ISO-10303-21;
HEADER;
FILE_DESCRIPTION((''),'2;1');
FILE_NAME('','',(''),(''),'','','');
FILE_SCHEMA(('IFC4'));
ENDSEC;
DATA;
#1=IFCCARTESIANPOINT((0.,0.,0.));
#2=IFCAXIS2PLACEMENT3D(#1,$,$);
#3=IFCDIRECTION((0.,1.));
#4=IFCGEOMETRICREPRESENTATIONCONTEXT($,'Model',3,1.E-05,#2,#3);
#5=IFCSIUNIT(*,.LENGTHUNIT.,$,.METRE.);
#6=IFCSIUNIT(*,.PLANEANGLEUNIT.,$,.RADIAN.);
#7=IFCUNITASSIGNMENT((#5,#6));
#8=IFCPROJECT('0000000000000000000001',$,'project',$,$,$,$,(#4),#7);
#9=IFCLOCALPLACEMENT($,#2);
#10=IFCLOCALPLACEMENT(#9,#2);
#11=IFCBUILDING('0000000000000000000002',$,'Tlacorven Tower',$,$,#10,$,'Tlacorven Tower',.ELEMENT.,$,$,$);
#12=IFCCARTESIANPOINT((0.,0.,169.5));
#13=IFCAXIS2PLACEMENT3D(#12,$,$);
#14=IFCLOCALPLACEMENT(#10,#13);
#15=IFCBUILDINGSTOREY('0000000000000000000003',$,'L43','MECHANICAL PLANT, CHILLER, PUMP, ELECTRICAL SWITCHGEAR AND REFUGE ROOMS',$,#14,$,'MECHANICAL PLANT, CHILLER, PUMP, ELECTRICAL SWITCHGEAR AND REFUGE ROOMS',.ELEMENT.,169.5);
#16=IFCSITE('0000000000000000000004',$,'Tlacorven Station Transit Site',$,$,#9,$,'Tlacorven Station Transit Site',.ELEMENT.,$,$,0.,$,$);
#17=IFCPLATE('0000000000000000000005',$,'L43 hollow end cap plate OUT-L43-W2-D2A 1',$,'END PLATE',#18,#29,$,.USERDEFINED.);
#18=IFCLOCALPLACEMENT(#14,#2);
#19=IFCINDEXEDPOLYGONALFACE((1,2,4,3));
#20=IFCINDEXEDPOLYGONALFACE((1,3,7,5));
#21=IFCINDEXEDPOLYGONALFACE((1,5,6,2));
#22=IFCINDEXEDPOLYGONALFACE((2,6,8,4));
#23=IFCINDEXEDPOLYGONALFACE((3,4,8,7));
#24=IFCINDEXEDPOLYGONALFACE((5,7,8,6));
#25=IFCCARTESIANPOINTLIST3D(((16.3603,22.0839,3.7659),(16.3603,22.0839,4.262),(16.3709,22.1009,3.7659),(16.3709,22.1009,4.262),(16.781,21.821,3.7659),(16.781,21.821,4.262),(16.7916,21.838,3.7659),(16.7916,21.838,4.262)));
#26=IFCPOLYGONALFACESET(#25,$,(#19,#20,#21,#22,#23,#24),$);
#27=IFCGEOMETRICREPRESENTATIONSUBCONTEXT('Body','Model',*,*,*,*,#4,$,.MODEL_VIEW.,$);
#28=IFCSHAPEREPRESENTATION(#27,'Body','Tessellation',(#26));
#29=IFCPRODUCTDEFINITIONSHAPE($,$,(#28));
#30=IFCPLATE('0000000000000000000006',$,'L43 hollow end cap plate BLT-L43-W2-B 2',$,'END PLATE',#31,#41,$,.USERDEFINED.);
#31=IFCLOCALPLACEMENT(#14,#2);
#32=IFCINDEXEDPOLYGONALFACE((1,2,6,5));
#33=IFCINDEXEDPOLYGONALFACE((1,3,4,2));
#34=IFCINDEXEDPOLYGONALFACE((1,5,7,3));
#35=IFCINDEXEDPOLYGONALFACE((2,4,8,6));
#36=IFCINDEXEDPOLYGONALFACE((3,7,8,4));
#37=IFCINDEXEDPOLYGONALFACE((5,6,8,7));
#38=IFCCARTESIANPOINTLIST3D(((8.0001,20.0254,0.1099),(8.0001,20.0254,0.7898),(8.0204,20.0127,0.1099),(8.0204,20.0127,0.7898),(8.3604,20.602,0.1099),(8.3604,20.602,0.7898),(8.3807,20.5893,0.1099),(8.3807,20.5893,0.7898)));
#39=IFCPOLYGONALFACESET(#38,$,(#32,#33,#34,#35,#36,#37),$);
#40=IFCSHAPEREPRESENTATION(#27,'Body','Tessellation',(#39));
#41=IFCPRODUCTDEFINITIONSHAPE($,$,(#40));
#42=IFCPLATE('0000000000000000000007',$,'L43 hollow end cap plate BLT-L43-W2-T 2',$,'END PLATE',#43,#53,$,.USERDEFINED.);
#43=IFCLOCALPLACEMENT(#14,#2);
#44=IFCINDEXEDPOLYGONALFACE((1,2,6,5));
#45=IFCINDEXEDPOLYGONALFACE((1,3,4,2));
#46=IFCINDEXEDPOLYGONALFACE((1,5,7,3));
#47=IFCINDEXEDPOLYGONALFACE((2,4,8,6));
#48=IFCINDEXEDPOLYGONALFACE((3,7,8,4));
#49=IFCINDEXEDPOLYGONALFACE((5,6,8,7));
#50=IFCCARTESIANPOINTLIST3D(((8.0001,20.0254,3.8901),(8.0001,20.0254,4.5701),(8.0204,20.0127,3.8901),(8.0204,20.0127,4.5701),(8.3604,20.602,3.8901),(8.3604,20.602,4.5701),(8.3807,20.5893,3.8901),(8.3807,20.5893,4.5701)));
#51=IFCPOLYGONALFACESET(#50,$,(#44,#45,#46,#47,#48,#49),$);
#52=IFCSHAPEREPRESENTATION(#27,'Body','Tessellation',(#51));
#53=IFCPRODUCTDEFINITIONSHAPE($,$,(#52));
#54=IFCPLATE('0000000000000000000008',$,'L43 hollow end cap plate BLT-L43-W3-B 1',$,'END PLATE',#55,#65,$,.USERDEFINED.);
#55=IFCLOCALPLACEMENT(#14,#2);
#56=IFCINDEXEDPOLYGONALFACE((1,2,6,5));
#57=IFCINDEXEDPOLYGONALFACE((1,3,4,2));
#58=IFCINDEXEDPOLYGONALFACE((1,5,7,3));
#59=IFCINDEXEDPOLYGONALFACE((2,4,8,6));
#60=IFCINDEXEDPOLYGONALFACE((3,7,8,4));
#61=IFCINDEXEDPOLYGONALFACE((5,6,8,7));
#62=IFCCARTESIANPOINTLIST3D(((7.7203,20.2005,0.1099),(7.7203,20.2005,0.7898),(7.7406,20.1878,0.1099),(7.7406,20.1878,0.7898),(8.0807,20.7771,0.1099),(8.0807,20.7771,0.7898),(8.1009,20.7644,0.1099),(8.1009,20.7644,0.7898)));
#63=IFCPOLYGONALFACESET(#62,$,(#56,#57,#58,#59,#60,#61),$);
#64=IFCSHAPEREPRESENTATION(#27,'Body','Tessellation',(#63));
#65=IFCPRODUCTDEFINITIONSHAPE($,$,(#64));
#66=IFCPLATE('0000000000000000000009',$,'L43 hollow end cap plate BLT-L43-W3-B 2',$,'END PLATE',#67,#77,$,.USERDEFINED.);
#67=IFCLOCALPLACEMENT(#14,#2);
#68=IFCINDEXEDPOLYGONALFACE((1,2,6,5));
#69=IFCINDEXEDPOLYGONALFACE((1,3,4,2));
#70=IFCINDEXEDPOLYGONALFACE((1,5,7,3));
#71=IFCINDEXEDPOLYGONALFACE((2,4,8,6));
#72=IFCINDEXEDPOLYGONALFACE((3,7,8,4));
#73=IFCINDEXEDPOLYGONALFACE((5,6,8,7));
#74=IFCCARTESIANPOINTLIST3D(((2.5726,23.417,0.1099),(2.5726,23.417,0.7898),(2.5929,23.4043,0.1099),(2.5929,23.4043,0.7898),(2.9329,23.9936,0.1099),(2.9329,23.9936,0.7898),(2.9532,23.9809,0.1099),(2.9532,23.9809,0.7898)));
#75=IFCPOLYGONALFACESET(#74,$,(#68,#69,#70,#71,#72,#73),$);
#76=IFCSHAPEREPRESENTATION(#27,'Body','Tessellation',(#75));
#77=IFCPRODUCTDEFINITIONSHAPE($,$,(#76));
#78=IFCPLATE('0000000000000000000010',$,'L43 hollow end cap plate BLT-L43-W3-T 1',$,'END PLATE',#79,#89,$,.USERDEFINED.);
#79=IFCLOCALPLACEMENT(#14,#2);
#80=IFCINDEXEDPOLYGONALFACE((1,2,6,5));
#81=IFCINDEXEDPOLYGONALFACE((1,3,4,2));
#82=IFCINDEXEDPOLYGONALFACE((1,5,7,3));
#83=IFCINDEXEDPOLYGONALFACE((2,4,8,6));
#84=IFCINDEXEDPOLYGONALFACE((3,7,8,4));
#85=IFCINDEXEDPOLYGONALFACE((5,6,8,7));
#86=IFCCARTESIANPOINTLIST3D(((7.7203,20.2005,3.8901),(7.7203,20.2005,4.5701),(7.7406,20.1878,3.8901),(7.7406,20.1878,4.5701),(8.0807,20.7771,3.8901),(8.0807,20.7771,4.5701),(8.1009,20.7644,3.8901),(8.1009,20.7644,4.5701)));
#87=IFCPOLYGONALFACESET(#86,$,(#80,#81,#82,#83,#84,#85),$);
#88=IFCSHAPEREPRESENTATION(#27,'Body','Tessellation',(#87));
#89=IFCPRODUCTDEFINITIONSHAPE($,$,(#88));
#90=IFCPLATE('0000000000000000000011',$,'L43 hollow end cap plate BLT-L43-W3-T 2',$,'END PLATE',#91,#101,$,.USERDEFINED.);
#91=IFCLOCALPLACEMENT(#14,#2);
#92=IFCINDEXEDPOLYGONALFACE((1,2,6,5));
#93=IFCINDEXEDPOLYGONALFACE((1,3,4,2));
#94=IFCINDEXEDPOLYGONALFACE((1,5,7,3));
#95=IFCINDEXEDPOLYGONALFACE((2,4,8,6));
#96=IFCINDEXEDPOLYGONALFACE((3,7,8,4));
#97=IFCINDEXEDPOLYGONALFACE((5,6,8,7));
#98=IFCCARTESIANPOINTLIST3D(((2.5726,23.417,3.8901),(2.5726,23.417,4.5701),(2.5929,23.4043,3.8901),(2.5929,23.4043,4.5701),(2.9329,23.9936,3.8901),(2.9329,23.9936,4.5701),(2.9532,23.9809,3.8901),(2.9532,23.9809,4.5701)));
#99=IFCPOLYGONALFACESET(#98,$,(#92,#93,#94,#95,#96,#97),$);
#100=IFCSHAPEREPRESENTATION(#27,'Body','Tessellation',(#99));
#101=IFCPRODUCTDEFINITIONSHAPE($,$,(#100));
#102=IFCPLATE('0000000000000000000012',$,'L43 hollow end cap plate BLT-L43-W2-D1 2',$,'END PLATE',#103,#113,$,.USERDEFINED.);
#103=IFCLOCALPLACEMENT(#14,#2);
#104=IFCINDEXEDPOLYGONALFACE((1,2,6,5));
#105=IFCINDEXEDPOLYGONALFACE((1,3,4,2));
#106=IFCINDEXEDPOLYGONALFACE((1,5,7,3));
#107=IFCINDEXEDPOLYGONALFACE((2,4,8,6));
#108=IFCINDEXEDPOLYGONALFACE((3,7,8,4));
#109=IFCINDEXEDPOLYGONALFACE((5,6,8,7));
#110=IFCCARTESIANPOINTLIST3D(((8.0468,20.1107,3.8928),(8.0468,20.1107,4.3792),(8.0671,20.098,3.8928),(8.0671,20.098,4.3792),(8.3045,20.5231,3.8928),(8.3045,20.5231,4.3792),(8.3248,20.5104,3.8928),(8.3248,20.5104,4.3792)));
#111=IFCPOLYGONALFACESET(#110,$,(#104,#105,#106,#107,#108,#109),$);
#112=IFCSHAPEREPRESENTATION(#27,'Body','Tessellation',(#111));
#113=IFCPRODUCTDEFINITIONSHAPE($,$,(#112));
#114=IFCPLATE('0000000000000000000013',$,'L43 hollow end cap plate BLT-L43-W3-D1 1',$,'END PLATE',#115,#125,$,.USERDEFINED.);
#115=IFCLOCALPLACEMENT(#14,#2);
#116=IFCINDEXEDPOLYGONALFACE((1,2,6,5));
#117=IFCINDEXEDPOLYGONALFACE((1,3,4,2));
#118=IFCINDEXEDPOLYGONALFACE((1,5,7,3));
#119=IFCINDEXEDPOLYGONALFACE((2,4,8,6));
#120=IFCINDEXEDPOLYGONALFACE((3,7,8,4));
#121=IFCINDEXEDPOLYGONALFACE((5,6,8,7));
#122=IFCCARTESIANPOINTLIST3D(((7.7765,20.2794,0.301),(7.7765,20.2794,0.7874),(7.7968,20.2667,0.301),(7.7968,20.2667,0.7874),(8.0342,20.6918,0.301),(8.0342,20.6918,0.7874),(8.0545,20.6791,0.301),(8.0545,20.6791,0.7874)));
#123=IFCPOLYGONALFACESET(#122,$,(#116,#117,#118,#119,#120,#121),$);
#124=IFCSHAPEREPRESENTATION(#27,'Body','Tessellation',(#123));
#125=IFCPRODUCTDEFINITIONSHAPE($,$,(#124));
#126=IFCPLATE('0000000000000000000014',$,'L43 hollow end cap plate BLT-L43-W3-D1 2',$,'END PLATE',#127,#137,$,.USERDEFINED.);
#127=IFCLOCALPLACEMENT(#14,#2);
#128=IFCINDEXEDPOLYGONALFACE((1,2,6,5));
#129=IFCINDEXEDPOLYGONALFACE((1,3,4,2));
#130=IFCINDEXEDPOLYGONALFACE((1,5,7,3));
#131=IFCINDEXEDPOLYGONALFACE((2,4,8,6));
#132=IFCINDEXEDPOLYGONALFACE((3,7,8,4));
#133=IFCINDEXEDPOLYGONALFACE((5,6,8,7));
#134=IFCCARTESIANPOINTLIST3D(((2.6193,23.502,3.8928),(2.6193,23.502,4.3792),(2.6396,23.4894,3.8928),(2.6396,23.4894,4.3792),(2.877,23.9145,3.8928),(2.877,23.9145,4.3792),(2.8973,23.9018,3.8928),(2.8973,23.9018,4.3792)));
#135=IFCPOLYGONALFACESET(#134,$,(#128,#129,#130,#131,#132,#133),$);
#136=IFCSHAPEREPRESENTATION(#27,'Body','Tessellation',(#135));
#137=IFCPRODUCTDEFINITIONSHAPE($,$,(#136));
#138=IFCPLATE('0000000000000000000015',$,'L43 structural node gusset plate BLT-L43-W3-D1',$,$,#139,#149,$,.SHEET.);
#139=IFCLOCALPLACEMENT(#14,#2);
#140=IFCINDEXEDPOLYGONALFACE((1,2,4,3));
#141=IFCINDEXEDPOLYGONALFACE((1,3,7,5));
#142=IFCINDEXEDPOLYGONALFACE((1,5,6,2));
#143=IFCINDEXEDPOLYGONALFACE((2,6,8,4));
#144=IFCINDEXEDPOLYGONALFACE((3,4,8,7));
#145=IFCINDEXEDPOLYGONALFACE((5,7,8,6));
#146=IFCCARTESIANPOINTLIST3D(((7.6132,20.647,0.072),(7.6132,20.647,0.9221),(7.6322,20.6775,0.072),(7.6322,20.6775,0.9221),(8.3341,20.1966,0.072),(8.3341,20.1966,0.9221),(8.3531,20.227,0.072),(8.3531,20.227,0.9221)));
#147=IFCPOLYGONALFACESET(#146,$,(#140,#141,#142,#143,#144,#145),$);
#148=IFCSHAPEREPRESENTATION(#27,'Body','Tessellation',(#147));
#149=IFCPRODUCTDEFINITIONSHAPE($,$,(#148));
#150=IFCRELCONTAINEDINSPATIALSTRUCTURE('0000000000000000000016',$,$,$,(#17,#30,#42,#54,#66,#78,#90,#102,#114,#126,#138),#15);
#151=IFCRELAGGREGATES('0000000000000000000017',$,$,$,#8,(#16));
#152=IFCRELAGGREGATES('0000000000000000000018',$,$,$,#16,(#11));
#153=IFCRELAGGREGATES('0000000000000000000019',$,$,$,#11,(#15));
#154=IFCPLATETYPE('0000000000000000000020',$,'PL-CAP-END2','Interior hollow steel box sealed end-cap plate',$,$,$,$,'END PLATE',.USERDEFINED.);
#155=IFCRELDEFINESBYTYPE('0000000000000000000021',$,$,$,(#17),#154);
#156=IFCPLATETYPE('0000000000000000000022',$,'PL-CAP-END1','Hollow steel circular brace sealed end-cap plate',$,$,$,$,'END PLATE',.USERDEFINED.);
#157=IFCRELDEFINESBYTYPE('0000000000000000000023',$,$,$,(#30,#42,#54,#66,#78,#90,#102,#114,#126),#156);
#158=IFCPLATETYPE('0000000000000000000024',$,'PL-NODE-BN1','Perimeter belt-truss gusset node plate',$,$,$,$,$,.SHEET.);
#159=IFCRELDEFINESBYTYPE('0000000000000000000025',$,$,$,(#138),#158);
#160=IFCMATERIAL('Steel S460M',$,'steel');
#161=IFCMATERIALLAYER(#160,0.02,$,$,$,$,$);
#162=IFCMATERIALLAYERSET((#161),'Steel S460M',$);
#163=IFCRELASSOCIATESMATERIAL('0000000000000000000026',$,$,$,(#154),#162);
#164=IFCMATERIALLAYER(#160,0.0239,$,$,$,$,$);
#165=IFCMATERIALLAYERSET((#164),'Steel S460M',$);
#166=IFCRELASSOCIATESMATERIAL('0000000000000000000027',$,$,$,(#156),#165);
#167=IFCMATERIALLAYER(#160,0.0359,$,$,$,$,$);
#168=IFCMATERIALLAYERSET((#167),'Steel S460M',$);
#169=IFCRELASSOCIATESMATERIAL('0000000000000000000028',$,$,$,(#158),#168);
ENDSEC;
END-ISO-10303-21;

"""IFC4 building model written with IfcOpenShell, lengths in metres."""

from ifc_helpers import new_model, si_unit, direction, frame, origin, origin_2d, place, context, subcontext, project, spatial, rectangle, extrude, source, transform, mapped, material, layer, layer_set, type_object, element, save


model = new_model("IFC4")

# Units and contexts
model_context = context("Model", 3, precision=1e-05, world=origin(), true_north=direction((0.0, 1.0)))
body_context = subcontext(model_context, "Body", "Model", "MODEL_VIEW")
ifc_project = project(units=[si_unit("LENGTHUNIT", "METRE"), si_unit("PLANEANGLEUNIT", "RADIAN")], contexts=[model_context])

# Site, building, storey
site_placement = place(None, origin())
site = spatial("IfcSite", under=ifc_project, at=site_placement, Name="Tlacorven Station Transit Site", LongName="Tlacorven Station Transit Site", CompositionType="ELEMENT", RefElevation=0.0)
building_placement = place(site_placement, origin())
building = spatial("IfcBuilding", under=site, at=building_placement, Name="Tlacorven Tower", LongName="Tlacorven Tower", CompositionType="ELEMENT")
storey_placement = place(building_placement, frame((0.0, 0.0, 169.5)))
storey = spatial("IfcBuildingStorey", under=building, at=storey_placement, Name="L43", Description="MECHANICAL PLANT, CHILLER, PUMP, ELECTRICAL SWITCHGEAR AND REFUGE ROOMS", LongName="MECHANICAL PLANT, CHILLER, PUMP, ELECTRICAL SWITCHGEAR AND REFUGE ROOMS", CompositionType="ELEMENT", Elevation=169.5)

# Shared definitions
ifc_material_1 = material(Name="Steel S460M", Category="steel")

# Plates
ifc_layer_1 = layer(ifc_material_1, 0.02)
ifc_layer_set_1 = layer_set([ifc_layer_1], Name="Steel S460M")
plate_type_1 = type_object("IfcPlateType", Name="PL-CAP-END2", Description="Interior hollow steel box sealed end-cap plate", ElementType="END PLATE", PredefinedType="USERDEFINED", material=ifc_layer_set_1)
shared_shape_1 = source(origin(), body_context, "Body", "SweptSolid", [
    extrude(rectangle(XDim=0.02, YDim=0.4961, at=origin_2d()), origin(), (0.0, 0.0, 1.0), 0.4961),
])
for number, where, z_axis, x_axis, name in (
    (1, (16.5759, 21.9609, 3.7659), (0.0, 0.0, 1.0), (-0.52992, -0.848048, 0.0), "L43 hollow end cap plate OUT-L43-W2-D2A 1"),
):
    element("IfcPlate", number, at=place(storey_placement, frame(where, z_axis=z_axis, x_axis=x_axis)), inside=storey, type_object=plate_type_1, Name=name, ObjectType="END PLATE", PredefinedType="USERDEFINED", context=body_context, shape_type="MappedRepresentation", body=[
        mapped(shared_shape_1, transform((0.0, 0.0, 0.0), scale=1.0)),
    ])
ifc_layer_2 = layer(ifc_material_1, 0.0239)
ifc_layer_set_2 = layer_set([ifc_layer_2], Name="Steel S460M")
plate_type_2 = type_object("IfcPlateType", Name="PL-CAP-END1", Description="Hollow steel circular brace sealed end-cap plate", ElementType="END PLATE", PredefinedType="USERDEFINED", material=ifc_layer_set_2)
shared_shape_2 = source(origin(), body_context, "Body", "SweptSolid", [
    extrude(rectangle(XDim=0.0239, YDim=0.6799, at=origin_2d()), origin(), (0.0, 0.0, 1.0), 0.6799),
])
for number, where, z_axis, x_axis, name in (
    (2, (8.1904, 20.3074, 0.1099), (0.0, 0.0, 1.0), (-0.848048, 0.529919, 0.0), "L43 hollow end cap plate BLT-L43-W2-B 2"),
    (3, (8.1904, 20.3074, 3.8901), (0.0, 0.0, 1.0), (-0.848048, 0.529919, 0.0), "L43 hollow end cap plate BLT-L43-W2-T 2"),
    (4, (7.9106, 20.4824, 0.1099), (0.0, 0.0, 1.0), (-0.848048, 0.529919, 0.0), "L43 hollow end cap plate BLT-L43-W3-B 1"),
    (5, (2.7629, 23.699, 0.1099), (0.0, 0.0, 1.0), (-0.848048, 0.529919, 0.0), "L43 hollow end cap plate BLT-L43-W3-B 2"),
    (6, (7.9106, 20.4824, 3.8901), (0.0, 0.0, 1.0), (-0.848048, 0.529919, 0.0), "L43 hollow end cap plate BLT-L43-W3-T 1"),
    (7, (2.7629, 23.699, 3.8901), (0.0, 0.0, 1.0), (-0.848048, 0.529919, 0.0), "L43 hollow end cap plate BLT-L43-W3-T 2"),
):
    element("IfcPlate", number, at=place(storey_placement, frame(where, z_axis=z_axis, x_axis=x_axis)), inside=storey, type_object=plate_type_2, Name=name, ObjectType="END PLATE", PredefinedType="USERDEFINED", context=body_context, shape_type="MappedRepresentation", body=[
        mapped(shared_shape_2, transform((0.0, 0.0, 0.0), scale=1.0)),
    ])
shared_shape_3 = source(origin(), body_context, "Body", "SweptSolid", [
    extrude(rectangle(XDim=0.0239, YDim=0.4863, at=origin_2d()), origin(), (0.0, 0.0, 1.0), 0.4863),
])
for number, where, z_axis, x_axis, name in (
    (8, (8.1858, 20.3105, 3.8928), (0.0, 0.0, 1.0), (-0.848048, 0.529919, 0.0), "L43 hollow end cap plate BLT-L43-W2-D1 2"),
    (9, (7.9155, 20.4792, 0.301), (0.0, 0.0, 1.0), (-0.848048, 0.529919, 0.0), "L43 hollow end cap plate BLT-L43-W3-D1 1"),
    (10, (2.7583, 23.7019, 3.8928), (0.0, 0.0, 1.0), (-0.848048, 0.529919, 0.0), "L43 hollow end cap plate BLT-L43-W3-D1 2"),
):
    element("IfcPlate", number, at=place(storey_placement, frame(where, z_axis=z_axis, x_axis=x_axis)), inside=storey, type_object=plate_type_2, Name=name, ObjectType="END PLATE", PredefinedType="USERDEFINED", context=body_context, shape_type="MappedRepresentation", body=[
        mapped(shared_shape_3, transform((0.0, 0.0, 0.0), scale=1.0)),
    ])
ifc_layer_3 = layer(ifc_material_1, 0.0359)
ifc_layer_set_3 = layer_set([ifc_layer_3], Name="Steel S460M")
plate_type_3 = type_object("IfcPlateType", Name="PL-NODE-BN1", Description="Perimeter belt-truss gusset node plate", PredefinedType="SHEET", material=ifc_layer_set_3)
shared_shape_4 = source(origin(), body_context, "Body", "SweptSolid", [
    extrude(rectangle(XDim=0.8501, YDim=0.0359, at=origin_2d()), origin(), (0.0, 0.0, 1.0), 0.8501),
])
plate_placement = place(storey_placement, frame((7.9832, 20.437, 0.072), z_axis=(0.0, 0.0, 1.0), x_axis=(-0.848048, 0.529919, 0.0)))
element("IfcPlate", 11, at=plate_placement, inside=storey, type_object=plate_type_3, Name="L43 structural node gusset plate BLT-L43-W3-D1", PredefinedType="SHEET", context=body_context, shape_type="MappedRepresentation", body=[
    mapped(shared_shape_4, transform((0.0, 0.0, 0.0), scale=1.0)),
])

save(model, "model.ifc")
